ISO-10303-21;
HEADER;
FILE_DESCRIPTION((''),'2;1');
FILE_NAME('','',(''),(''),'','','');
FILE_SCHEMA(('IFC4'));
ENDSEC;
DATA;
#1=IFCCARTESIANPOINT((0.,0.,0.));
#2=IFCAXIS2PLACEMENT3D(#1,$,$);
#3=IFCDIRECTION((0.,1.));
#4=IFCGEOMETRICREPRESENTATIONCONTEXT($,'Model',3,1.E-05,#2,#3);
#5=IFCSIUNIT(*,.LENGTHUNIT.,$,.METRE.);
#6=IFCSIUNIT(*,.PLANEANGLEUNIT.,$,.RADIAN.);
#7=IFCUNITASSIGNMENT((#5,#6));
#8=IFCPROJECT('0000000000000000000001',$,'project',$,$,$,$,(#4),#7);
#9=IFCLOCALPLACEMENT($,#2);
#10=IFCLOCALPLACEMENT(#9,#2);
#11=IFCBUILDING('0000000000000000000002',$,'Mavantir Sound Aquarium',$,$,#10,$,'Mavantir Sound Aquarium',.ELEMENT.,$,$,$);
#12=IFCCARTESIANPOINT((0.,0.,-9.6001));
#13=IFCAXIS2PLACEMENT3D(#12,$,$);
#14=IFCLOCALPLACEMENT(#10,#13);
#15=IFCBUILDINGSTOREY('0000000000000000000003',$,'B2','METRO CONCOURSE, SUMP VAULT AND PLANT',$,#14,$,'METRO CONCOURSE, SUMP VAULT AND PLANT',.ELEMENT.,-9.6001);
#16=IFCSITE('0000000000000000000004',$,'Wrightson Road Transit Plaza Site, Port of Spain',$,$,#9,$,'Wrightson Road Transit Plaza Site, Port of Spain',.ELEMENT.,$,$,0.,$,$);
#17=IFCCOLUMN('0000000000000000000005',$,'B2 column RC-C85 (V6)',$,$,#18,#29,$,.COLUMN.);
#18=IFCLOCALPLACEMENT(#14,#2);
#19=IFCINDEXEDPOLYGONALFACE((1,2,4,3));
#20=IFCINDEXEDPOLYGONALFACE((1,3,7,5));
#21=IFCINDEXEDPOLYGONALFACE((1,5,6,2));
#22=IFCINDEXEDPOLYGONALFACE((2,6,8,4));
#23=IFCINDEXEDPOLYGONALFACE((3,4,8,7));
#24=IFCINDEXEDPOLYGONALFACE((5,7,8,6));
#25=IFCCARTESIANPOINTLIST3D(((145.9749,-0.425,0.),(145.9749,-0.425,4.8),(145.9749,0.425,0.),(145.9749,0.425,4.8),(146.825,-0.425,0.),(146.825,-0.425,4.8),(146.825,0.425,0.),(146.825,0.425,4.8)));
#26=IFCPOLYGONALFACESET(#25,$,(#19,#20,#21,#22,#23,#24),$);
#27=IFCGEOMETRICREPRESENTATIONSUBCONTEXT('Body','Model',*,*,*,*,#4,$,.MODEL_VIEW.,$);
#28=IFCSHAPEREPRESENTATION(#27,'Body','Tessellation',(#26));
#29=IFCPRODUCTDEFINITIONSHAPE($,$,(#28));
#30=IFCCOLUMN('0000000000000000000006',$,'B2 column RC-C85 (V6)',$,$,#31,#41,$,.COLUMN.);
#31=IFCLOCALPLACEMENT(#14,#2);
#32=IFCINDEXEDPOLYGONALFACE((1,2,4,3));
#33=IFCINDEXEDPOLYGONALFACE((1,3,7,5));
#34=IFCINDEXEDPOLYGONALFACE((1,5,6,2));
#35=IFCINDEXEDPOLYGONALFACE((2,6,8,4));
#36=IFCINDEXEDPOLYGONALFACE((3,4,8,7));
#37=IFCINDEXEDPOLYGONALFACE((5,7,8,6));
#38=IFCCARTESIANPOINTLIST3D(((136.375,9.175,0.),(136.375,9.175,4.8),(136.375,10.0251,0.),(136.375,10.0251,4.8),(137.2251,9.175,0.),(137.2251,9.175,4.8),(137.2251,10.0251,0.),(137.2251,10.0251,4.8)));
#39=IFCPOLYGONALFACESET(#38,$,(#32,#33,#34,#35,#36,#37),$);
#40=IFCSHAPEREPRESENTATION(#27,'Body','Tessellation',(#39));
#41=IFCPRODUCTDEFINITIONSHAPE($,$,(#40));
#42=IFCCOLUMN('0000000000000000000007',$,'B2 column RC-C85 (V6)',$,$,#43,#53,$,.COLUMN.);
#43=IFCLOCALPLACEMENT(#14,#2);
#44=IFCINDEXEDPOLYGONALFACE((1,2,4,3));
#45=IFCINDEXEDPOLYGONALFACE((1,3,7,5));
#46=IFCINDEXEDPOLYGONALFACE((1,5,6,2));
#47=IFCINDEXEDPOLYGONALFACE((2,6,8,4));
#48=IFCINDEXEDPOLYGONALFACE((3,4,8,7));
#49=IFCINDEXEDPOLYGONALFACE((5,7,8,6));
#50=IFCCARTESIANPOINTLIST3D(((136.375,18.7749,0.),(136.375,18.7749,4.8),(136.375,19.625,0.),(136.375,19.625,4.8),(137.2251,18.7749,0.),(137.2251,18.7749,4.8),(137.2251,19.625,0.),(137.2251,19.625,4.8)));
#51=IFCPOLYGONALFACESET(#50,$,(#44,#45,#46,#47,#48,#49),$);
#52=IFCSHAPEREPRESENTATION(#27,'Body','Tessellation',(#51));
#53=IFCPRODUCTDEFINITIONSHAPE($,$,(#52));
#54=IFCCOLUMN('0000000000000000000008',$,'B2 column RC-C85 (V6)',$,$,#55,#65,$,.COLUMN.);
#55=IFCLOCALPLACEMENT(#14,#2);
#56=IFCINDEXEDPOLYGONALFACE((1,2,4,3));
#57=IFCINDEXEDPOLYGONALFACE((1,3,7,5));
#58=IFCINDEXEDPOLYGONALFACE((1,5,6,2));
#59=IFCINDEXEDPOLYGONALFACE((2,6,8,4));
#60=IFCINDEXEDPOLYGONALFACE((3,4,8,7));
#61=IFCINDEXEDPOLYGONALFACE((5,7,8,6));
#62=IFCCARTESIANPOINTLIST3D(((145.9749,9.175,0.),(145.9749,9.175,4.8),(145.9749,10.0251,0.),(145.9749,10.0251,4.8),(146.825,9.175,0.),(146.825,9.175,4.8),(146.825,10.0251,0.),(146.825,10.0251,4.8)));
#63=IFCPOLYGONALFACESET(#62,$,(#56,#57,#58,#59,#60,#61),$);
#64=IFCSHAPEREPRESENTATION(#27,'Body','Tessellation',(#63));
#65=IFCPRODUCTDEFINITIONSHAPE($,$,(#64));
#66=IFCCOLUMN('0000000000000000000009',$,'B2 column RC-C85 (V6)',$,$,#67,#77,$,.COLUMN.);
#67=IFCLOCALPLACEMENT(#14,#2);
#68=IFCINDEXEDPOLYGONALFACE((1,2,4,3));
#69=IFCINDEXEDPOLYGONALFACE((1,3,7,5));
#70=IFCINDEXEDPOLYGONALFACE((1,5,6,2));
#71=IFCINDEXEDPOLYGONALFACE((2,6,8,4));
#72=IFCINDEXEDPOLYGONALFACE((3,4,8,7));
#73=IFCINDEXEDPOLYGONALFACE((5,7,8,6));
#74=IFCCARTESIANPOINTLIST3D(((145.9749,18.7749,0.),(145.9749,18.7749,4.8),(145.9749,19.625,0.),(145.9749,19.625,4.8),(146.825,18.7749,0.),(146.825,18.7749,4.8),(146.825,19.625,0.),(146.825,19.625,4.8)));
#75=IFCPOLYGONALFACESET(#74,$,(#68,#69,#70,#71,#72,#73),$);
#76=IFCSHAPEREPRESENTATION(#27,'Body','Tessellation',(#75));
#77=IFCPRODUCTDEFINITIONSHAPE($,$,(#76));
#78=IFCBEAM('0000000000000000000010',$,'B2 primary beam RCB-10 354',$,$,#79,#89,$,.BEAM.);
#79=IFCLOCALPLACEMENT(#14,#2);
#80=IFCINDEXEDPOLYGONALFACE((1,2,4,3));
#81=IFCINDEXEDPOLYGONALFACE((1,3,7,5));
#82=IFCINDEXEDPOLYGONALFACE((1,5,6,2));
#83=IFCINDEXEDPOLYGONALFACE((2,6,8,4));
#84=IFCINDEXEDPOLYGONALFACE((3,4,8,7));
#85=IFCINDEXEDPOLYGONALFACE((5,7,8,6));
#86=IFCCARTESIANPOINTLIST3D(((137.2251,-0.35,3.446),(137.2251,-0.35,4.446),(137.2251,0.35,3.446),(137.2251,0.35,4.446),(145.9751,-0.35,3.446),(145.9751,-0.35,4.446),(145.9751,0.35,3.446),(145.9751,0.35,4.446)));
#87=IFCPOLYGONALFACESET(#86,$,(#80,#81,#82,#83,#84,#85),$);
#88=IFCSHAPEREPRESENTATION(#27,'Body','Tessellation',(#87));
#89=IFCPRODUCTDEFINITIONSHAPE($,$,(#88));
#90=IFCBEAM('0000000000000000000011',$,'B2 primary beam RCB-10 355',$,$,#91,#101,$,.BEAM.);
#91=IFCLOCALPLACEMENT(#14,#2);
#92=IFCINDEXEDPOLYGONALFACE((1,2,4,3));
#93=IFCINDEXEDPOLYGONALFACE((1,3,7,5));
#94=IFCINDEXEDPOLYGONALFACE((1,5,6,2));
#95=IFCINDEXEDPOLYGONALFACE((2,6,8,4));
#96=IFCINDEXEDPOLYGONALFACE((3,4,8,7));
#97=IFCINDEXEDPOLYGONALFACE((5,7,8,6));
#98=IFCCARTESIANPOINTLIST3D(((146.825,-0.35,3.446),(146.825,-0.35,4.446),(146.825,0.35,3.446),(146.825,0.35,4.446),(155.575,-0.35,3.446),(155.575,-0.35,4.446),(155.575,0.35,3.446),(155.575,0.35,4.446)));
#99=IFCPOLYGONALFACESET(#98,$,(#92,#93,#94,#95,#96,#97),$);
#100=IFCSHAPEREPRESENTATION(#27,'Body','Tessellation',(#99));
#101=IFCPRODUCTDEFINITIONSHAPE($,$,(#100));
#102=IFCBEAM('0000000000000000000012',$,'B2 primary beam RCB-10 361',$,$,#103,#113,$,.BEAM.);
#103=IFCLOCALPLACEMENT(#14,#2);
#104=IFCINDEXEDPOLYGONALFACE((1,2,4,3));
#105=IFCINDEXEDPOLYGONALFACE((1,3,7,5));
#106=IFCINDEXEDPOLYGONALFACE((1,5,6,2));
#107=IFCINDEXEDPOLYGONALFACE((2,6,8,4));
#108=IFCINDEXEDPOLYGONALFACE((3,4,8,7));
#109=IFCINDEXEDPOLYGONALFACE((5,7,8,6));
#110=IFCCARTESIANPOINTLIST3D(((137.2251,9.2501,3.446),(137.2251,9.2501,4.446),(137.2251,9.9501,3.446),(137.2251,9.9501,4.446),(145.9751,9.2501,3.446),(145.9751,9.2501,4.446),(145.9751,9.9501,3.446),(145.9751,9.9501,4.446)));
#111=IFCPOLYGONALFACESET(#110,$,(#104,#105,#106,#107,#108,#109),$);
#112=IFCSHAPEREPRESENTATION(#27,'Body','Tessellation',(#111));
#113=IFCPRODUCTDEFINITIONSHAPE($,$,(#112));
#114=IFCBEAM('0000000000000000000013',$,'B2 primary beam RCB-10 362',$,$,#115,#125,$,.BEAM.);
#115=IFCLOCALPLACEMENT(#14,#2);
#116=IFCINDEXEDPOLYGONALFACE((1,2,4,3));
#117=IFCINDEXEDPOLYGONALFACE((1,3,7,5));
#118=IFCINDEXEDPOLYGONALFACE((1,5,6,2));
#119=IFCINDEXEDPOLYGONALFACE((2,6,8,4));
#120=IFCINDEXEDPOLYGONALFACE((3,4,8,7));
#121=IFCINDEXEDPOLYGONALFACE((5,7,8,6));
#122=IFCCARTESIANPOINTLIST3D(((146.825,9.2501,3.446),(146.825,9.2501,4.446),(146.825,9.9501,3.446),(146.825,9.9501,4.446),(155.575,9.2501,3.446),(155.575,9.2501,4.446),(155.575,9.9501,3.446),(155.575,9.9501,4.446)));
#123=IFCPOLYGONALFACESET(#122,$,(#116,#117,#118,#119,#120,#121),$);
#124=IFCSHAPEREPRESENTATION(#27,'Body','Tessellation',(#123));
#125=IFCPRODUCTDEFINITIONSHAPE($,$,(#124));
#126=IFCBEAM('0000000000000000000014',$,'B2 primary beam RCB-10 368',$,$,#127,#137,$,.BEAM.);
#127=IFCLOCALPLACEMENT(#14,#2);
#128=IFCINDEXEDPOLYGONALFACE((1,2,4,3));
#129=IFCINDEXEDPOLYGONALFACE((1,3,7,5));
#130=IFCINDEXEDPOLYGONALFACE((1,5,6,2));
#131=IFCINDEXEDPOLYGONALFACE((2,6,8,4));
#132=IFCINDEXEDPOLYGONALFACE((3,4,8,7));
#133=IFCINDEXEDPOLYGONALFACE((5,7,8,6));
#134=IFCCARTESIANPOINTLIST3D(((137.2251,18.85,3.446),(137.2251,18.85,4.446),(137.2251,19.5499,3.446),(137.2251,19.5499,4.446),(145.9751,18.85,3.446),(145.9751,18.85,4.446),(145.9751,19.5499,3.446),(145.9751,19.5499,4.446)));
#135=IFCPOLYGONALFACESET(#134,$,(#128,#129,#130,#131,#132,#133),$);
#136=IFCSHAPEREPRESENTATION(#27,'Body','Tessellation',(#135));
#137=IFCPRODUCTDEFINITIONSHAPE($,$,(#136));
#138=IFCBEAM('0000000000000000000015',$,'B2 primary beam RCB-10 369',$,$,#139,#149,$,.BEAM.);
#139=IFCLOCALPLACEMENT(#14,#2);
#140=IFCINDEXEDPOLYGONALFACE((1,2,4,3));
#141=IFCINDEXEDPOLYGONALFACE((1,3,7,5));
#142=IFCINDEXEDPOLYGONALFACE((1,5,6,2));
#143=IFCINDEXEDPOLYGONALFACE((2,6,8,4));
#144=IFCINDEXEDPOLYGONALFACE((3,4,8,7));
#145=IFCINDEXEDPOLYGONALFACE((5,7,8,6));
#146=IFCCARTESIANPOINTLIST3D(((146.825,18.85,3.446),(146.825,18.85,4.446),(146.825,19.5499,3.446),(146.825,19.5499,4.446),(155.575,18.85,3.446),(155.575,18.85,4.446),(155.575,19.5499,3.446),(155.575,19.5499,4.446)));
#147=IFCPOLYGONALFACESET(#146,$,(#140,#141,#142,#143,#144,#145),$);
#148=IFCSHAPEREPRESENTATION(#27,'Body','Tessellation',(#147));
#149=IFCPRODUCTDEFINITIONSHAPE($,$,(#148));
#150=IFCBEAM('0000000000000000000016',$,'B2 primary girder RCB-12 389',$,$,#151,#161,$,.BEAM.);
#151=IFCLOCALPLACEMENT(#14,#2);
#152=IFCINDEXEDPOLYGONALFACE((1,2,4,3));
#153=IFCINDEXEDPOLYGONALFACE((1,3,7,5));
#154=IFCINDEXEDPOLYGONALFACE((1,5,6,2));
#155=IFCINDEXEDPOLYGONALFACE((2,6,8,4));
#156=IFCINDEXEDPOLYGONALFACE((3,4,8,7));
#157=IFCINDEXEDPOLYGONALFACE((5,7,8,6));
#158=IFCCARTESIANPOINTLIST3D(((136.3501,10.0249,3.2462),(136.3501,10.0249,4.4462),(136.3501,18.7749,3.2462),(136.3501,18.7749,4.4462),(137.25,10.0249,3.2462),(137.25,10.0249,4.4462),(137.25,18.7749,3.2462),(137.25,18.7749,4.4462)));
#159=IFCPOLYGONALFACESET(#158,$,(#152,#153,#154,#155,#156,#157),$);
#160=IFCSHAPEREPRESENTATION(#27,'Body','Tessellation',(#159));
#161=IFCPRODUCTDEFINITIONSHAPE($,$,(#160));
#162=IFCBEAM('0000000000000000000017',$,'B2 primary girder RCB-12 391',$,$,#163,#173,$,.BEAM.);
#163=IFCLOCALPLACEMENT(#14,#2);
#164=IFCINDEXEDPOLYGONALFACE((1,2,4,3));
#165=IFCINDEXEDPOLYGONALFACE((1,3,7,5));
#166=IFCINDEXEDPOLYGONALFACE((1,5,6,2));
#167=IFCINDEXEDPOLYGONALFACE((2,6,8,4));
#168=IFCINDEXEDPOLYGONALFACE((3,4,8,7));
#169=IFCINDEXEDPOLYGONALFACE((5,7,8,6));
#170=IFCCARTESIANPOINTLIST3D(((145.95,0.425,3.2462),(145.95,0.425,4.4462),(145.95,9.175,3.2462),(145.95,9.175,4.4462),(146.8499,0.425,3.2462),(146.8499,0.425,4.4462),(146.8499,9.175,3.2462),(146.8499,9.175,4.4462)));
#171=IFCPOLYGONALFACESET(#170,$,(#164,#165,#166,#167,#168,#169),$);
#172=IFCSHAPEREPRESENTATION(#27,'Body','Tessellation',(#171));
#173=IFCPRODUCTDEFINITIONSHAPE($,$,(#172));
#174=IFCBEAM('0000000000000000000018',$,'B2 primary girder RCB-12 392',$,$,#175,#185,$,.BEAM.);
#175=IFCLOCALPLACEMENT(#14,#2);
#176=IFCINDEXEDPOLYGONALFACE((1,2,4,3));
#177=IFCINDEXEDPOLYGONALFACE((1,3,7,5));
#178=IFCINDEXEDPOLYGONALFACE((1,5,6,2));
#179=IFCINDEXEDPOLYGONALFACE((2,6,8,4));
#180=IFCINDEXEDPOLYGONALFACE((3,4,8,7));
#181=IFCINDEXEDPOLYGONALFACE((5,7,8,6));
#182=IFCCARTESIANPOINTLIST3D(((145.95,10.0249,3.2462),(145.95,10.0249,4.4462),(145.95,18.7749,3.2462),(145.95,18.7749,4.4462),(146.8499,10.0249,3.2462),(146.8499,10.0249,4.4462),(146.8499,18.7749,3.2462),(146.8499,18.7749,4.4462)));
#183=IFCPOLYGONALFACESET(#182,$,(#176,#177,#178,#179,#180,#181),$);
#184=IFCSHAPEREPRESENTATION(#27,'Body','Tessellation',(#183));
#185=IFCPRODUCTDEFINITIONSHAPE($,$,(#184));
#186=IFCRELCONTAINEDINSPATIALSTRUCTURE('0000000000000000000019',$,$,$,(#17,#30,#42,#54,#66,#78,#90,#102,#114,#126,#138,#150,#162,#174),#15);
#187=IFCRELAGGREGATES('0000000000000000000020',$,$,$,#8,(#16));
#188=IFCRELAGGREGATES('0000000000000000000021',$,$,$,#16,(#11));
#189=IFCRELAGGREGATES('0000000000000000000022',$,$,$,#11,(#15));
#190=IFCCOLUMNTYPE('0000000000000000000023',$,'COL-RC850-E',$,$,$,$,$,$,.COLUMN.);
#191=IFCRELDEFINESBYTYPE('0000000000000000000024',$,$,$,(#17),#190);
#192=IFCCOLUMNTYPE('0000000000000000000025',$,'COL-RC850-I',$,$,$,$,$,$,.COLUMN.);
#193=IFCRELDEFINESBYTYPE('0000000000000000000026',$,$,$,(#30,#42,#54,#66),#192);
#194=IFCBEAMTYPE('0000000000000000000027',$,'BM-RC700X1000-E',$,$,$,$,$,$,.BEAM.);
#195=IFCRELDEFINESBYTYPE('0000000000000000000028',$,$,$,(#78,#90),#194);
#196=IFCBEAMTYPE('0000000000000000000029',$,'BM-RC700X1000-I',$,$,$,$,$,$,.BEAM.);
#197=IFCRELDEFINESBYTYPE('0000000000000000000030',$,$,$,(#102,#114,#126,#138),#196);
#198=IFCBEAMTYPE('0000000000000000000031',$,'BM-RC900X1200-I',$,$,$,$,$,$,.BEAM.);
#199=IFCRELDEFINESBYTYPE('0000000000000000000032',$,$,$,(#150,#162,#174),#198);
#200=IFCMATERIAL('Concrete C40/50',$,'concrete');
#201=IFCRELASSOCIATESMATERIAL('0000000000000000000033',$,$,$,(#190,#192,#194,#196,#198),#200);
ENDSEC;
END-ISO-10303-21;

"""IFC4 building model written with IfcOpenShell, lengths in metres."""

from ifc_helpers import new_model, si_unit, direction, frame, origin, origin_2d, place, context, subcontext, project, spatial, rectangle, extrude, material, material_profile, profile_set, type_object, element, save


model = new_model("IFC4")

# Units and contexts
model_context = context("Model", 3, precision=1e-05, world=origin(), true_north=direction((0.0, 1.0)))
body_context = subcontext(model_context, "Body", "Model", "MODEL_VIEW")
ifc_project = project(units=[si_unit("LENGTHUNIT", "METRE"), si_unit("PLANEANGLEUNIT", "RADIAN")], contexts=[model_context])

# Site, building, storey
site_placement = place(None, origin())
site = spatial("IfcSite", under=ifc_project, at=site_placement, Name="Wrightson Road Transit Plaza Site, Port of Spain", LongName="Wrightson Road Transit Plaza Site, Port of Spain", CompositionType="ELEMENT", RefElevation=0.0)
building_placement = place(site_placement, origin())
building = spatial("IfcBuilding", under=site, at=building_placement, Name="Mavantir Sound Aquarium", LongName="Mavantir Sound Aquarium", CompositionType="ELEMENT")
storey_placement = place(building_placement, frame((0.0, 0.0, -9.6001)))
storey = spatial("IfcBuildingStorey", under=building, at=storey_placement, Name="B2", Description="METRO CONCOURSE, SUMP VAULT AND PLANT", LongName="METRO CONCOURSE, SUMP VAULT AND PLANT", CompositionType="ELEMENT", Elevation=-9.6001)

# Shared definitions
ifc_material_1 = material(Name="Concrete C40/50", Category="concrete")

# Columns
ifc_material_profile_1 = material_profile(ifc_material_1, rectangle(XDim=0.8501, YDim=0.8501, at=origin_2d()), Name="RC 850X850")
ifc_profile_set_1 = profile_set([ifc_material_profile_1], Name="Concrete C40/50")
column_type_1 = type_object("IfcColumnType", Name="COL-RC850-E", PredefinedType="COLUMN", material=ifc_profile_set_1)
column_placement = place(storey_placement, frame((146.3999, 0.0, 0.0), z_axis=(0.0, 0.0, 1.0), x_axis=(1.0, 0.0, 0.0)))
element("IfcColumn", 1, at=column_placement, inside=storey, type_object=column_type_1, Name="B2 column RC-C85 (V6)", PredefinedType="COLUMN", context=body_context, shape_type="SweptSolid", body=[
    extrude(rectangle(XDim=0.8501, YDim=0.8501, at=origin_2d()), origin(), (0.0, 0.0, 1.0), 4.8),
])
ifc_material_profile_2 = material_profile(ifc_material_1, rectangle(XDim=0.8501, YDim=0.8501, at=origin_2d()), Name="RC 850X850")
ifc_profile_set_2 = profile_set([ifc_material_profile_2], Name="Concrete C40/50")
column_type_2 = type_object("IfcColumnType", Name="COL-RC850-I", PredefinedType="COLUMN", material=ifc_profile_set_2)
for number, where, z_axis, x_axis, name in (
    (2, (136.8, 9.6001, 0.0), (0.0, 0.0, 1.0), (1.0, 0.0, 0.0), "B2 column RC-C85 (V6)"),
    (3, (136.8, 19.2, 0.0), (0.0, 0.0, 1.0), (1.0, 0.0, 0.0), "B2 column RC-C85 (V6)"),
    (4, (146.3999, 9.6001, 0.0), (0.0, 0.0, 1.0), (1.0, 0.0, 0.0), "B2 column RC-C85 (V6)"),
    (5, (146.3999, 19.2, 0.0), (0.0, 0.0, 1.0), (1.0, 0.0, 0.0), "B2 column RC-C85 (V6)"),
):
    element("IfcColumn", number, at=place(storey_placement, frame(where, z_axis=z_axis, x_axis=x_axis)), inside=storey, type_object=column_type_2, Name=name, PredefinedType="COLUMN", context=body_context, shape_type="SweptSolid", body=[
        extrude(rectangle(XDim=0.8501, YDim=0.8501, at=origin_2d()), origin(), (0.0, 0.0, 1.0), 4.8),
    ])

# Beams
ifc_material_profile_3 = material_profile(ifc_material_1, rectangle(XDim=0.7, YDim=1.0, at=origin_2d()), Name="RC 700X1000")
ifc_profile_set_3 = profile_set([ifc_material_profile_3], Name="Concrete C40/50")
beam_type_1 = type_object("IfcBeamType", Name="BM-RC700X1000-E", PredefinedType="BEAM", material=ifc_profile_set_3)
for number, where, z_axis, x_axis, name in (
    (6, (137.2251, 0.0, 3.946), (1.0, 0.0, 0.0), (0.0, 1.0, 0.0), "B2 primary beam RCB-10 354"),
    (7, (146.825, 0.0, 3.946), (1.0, 0.0, 0.0), (0.0, 1.0, 0.0), "B2 primary beam RCB-10 355"),
):
    element("IfcBeam", number, at=place(storey_placement, frame(where, z_axis=z_axis, x_axis=x_axis)), inside=storey, type_object=beam_type_1, Name=name, PredefinedType="BEAM", context=body_context, shape_type="SweptSolid", body=[
        extrude(rectangle(XDim=0.7, YDim=1.0, at=origin_2d()), origin(), (0.0, 0.0, 1.0), 8.75),
    ])
ifc_material_profile_4 = material_profile(ifc_material_1, rectangle(XDim=0.7, YDim=1.0, at=origin_2d()), Name="RC 700X1000")
ifc_profile_set_4 = profile_set([ifc_material_profile_4], Name="Concrete C40/50")
beam_type_2 = type_object("IfcBeamType", Name="BM-RC700X1000-I", PredefinedType="BEAM", material=ifc_profile_set_4)
for number, where, z_axis, x_axis, name in (
    (8, (137.2251, 9.6001, 3.946), (1.0, 0.0, 0.0), (0.0, 1.0, 0.0), "B2 primary beam RCB-10 361"),
    (9, (146.825, 9.6001, 3.946), (1.0, 0.0, 0.0), (0.0, 1.0, 0.0), "B2 primary beam RCB-10 362"),
    (10, (137.2251, 19.2, 3.946), (1.0, 0.0, 0.0), (0.0, 1.0, 0.0), "B2 primary beam RCB-10 368"),
    (11, (146.825, 19.2, 3.946), (1.0, 0.0, 0.0), (0.0, 1.0, 0.0), "B2 primary beam RCB-10 369"),
):
    element("IfcBeam", number, at=place(storey_placement, frame(where, z_axis=z_axis, x_axis=x_axis)), inside=storey, type_object=beam_type_2, Name=name, PredefinedType="BEAM", context=body_context, shape_type="SweptSolid", body=[
        extrude(rectangle(XDim=0.7, YDim=1.0, at=origin_2d()), origin(), (0.0, 0.0, 1.0), 8.75),
    ])
ifc_material_profile_5 = material_profile(ifc_material_1, rectangle(XDim=0.8999, YDim=1.2, at=origin_2d()), Name="RC 900X1200")
ifc_profile_set_5 = profile_set([ifc_material_profile_5], Name="Concrete C40/50")
beam_type_3 = type_object("IfcBeamType", Name="BM-RC900X1200-I", PredefinedType="BEAM", material=ifc_profile_set_5)
for number, where, z_axis, x_axis, name in (
    (12, (136.8, 10.0249, 3.8462), (0.0, 1.0, 0.0), (-1.0, 0.0, 0.0), "B2 primary girder RCB-12 389"),
    (13, (146.3999, 0.425, 3.8462), (0.0, 1.0, 0.0), (-1.0, 0.0, 0.0), "B2 primary girder RCB-12 391"),
    (14, (146.3999, 10.0249, 3.8462), (0.0, 1.0, 0.0), (-1.0, 0.0, 0.0), "B2 primary girder RCB-12 392"),
):
    element("IfcBeam", number, at=place(storey_placement, frame(where, z_axis=z_axis, x_axis=x_axis)), inside=storey, type_object=beam_type_3, Name=name, PredefinedType="BEAM", context=body_context, shape_type="SweptSolid", body=[
        extrude(rectangle(XDim=0.8999, YDim=1.2, at=origin_2d()), origin(), (0.0, 0.0, 1.0), 8.75),
    ])

save(model, "model.ifc")
